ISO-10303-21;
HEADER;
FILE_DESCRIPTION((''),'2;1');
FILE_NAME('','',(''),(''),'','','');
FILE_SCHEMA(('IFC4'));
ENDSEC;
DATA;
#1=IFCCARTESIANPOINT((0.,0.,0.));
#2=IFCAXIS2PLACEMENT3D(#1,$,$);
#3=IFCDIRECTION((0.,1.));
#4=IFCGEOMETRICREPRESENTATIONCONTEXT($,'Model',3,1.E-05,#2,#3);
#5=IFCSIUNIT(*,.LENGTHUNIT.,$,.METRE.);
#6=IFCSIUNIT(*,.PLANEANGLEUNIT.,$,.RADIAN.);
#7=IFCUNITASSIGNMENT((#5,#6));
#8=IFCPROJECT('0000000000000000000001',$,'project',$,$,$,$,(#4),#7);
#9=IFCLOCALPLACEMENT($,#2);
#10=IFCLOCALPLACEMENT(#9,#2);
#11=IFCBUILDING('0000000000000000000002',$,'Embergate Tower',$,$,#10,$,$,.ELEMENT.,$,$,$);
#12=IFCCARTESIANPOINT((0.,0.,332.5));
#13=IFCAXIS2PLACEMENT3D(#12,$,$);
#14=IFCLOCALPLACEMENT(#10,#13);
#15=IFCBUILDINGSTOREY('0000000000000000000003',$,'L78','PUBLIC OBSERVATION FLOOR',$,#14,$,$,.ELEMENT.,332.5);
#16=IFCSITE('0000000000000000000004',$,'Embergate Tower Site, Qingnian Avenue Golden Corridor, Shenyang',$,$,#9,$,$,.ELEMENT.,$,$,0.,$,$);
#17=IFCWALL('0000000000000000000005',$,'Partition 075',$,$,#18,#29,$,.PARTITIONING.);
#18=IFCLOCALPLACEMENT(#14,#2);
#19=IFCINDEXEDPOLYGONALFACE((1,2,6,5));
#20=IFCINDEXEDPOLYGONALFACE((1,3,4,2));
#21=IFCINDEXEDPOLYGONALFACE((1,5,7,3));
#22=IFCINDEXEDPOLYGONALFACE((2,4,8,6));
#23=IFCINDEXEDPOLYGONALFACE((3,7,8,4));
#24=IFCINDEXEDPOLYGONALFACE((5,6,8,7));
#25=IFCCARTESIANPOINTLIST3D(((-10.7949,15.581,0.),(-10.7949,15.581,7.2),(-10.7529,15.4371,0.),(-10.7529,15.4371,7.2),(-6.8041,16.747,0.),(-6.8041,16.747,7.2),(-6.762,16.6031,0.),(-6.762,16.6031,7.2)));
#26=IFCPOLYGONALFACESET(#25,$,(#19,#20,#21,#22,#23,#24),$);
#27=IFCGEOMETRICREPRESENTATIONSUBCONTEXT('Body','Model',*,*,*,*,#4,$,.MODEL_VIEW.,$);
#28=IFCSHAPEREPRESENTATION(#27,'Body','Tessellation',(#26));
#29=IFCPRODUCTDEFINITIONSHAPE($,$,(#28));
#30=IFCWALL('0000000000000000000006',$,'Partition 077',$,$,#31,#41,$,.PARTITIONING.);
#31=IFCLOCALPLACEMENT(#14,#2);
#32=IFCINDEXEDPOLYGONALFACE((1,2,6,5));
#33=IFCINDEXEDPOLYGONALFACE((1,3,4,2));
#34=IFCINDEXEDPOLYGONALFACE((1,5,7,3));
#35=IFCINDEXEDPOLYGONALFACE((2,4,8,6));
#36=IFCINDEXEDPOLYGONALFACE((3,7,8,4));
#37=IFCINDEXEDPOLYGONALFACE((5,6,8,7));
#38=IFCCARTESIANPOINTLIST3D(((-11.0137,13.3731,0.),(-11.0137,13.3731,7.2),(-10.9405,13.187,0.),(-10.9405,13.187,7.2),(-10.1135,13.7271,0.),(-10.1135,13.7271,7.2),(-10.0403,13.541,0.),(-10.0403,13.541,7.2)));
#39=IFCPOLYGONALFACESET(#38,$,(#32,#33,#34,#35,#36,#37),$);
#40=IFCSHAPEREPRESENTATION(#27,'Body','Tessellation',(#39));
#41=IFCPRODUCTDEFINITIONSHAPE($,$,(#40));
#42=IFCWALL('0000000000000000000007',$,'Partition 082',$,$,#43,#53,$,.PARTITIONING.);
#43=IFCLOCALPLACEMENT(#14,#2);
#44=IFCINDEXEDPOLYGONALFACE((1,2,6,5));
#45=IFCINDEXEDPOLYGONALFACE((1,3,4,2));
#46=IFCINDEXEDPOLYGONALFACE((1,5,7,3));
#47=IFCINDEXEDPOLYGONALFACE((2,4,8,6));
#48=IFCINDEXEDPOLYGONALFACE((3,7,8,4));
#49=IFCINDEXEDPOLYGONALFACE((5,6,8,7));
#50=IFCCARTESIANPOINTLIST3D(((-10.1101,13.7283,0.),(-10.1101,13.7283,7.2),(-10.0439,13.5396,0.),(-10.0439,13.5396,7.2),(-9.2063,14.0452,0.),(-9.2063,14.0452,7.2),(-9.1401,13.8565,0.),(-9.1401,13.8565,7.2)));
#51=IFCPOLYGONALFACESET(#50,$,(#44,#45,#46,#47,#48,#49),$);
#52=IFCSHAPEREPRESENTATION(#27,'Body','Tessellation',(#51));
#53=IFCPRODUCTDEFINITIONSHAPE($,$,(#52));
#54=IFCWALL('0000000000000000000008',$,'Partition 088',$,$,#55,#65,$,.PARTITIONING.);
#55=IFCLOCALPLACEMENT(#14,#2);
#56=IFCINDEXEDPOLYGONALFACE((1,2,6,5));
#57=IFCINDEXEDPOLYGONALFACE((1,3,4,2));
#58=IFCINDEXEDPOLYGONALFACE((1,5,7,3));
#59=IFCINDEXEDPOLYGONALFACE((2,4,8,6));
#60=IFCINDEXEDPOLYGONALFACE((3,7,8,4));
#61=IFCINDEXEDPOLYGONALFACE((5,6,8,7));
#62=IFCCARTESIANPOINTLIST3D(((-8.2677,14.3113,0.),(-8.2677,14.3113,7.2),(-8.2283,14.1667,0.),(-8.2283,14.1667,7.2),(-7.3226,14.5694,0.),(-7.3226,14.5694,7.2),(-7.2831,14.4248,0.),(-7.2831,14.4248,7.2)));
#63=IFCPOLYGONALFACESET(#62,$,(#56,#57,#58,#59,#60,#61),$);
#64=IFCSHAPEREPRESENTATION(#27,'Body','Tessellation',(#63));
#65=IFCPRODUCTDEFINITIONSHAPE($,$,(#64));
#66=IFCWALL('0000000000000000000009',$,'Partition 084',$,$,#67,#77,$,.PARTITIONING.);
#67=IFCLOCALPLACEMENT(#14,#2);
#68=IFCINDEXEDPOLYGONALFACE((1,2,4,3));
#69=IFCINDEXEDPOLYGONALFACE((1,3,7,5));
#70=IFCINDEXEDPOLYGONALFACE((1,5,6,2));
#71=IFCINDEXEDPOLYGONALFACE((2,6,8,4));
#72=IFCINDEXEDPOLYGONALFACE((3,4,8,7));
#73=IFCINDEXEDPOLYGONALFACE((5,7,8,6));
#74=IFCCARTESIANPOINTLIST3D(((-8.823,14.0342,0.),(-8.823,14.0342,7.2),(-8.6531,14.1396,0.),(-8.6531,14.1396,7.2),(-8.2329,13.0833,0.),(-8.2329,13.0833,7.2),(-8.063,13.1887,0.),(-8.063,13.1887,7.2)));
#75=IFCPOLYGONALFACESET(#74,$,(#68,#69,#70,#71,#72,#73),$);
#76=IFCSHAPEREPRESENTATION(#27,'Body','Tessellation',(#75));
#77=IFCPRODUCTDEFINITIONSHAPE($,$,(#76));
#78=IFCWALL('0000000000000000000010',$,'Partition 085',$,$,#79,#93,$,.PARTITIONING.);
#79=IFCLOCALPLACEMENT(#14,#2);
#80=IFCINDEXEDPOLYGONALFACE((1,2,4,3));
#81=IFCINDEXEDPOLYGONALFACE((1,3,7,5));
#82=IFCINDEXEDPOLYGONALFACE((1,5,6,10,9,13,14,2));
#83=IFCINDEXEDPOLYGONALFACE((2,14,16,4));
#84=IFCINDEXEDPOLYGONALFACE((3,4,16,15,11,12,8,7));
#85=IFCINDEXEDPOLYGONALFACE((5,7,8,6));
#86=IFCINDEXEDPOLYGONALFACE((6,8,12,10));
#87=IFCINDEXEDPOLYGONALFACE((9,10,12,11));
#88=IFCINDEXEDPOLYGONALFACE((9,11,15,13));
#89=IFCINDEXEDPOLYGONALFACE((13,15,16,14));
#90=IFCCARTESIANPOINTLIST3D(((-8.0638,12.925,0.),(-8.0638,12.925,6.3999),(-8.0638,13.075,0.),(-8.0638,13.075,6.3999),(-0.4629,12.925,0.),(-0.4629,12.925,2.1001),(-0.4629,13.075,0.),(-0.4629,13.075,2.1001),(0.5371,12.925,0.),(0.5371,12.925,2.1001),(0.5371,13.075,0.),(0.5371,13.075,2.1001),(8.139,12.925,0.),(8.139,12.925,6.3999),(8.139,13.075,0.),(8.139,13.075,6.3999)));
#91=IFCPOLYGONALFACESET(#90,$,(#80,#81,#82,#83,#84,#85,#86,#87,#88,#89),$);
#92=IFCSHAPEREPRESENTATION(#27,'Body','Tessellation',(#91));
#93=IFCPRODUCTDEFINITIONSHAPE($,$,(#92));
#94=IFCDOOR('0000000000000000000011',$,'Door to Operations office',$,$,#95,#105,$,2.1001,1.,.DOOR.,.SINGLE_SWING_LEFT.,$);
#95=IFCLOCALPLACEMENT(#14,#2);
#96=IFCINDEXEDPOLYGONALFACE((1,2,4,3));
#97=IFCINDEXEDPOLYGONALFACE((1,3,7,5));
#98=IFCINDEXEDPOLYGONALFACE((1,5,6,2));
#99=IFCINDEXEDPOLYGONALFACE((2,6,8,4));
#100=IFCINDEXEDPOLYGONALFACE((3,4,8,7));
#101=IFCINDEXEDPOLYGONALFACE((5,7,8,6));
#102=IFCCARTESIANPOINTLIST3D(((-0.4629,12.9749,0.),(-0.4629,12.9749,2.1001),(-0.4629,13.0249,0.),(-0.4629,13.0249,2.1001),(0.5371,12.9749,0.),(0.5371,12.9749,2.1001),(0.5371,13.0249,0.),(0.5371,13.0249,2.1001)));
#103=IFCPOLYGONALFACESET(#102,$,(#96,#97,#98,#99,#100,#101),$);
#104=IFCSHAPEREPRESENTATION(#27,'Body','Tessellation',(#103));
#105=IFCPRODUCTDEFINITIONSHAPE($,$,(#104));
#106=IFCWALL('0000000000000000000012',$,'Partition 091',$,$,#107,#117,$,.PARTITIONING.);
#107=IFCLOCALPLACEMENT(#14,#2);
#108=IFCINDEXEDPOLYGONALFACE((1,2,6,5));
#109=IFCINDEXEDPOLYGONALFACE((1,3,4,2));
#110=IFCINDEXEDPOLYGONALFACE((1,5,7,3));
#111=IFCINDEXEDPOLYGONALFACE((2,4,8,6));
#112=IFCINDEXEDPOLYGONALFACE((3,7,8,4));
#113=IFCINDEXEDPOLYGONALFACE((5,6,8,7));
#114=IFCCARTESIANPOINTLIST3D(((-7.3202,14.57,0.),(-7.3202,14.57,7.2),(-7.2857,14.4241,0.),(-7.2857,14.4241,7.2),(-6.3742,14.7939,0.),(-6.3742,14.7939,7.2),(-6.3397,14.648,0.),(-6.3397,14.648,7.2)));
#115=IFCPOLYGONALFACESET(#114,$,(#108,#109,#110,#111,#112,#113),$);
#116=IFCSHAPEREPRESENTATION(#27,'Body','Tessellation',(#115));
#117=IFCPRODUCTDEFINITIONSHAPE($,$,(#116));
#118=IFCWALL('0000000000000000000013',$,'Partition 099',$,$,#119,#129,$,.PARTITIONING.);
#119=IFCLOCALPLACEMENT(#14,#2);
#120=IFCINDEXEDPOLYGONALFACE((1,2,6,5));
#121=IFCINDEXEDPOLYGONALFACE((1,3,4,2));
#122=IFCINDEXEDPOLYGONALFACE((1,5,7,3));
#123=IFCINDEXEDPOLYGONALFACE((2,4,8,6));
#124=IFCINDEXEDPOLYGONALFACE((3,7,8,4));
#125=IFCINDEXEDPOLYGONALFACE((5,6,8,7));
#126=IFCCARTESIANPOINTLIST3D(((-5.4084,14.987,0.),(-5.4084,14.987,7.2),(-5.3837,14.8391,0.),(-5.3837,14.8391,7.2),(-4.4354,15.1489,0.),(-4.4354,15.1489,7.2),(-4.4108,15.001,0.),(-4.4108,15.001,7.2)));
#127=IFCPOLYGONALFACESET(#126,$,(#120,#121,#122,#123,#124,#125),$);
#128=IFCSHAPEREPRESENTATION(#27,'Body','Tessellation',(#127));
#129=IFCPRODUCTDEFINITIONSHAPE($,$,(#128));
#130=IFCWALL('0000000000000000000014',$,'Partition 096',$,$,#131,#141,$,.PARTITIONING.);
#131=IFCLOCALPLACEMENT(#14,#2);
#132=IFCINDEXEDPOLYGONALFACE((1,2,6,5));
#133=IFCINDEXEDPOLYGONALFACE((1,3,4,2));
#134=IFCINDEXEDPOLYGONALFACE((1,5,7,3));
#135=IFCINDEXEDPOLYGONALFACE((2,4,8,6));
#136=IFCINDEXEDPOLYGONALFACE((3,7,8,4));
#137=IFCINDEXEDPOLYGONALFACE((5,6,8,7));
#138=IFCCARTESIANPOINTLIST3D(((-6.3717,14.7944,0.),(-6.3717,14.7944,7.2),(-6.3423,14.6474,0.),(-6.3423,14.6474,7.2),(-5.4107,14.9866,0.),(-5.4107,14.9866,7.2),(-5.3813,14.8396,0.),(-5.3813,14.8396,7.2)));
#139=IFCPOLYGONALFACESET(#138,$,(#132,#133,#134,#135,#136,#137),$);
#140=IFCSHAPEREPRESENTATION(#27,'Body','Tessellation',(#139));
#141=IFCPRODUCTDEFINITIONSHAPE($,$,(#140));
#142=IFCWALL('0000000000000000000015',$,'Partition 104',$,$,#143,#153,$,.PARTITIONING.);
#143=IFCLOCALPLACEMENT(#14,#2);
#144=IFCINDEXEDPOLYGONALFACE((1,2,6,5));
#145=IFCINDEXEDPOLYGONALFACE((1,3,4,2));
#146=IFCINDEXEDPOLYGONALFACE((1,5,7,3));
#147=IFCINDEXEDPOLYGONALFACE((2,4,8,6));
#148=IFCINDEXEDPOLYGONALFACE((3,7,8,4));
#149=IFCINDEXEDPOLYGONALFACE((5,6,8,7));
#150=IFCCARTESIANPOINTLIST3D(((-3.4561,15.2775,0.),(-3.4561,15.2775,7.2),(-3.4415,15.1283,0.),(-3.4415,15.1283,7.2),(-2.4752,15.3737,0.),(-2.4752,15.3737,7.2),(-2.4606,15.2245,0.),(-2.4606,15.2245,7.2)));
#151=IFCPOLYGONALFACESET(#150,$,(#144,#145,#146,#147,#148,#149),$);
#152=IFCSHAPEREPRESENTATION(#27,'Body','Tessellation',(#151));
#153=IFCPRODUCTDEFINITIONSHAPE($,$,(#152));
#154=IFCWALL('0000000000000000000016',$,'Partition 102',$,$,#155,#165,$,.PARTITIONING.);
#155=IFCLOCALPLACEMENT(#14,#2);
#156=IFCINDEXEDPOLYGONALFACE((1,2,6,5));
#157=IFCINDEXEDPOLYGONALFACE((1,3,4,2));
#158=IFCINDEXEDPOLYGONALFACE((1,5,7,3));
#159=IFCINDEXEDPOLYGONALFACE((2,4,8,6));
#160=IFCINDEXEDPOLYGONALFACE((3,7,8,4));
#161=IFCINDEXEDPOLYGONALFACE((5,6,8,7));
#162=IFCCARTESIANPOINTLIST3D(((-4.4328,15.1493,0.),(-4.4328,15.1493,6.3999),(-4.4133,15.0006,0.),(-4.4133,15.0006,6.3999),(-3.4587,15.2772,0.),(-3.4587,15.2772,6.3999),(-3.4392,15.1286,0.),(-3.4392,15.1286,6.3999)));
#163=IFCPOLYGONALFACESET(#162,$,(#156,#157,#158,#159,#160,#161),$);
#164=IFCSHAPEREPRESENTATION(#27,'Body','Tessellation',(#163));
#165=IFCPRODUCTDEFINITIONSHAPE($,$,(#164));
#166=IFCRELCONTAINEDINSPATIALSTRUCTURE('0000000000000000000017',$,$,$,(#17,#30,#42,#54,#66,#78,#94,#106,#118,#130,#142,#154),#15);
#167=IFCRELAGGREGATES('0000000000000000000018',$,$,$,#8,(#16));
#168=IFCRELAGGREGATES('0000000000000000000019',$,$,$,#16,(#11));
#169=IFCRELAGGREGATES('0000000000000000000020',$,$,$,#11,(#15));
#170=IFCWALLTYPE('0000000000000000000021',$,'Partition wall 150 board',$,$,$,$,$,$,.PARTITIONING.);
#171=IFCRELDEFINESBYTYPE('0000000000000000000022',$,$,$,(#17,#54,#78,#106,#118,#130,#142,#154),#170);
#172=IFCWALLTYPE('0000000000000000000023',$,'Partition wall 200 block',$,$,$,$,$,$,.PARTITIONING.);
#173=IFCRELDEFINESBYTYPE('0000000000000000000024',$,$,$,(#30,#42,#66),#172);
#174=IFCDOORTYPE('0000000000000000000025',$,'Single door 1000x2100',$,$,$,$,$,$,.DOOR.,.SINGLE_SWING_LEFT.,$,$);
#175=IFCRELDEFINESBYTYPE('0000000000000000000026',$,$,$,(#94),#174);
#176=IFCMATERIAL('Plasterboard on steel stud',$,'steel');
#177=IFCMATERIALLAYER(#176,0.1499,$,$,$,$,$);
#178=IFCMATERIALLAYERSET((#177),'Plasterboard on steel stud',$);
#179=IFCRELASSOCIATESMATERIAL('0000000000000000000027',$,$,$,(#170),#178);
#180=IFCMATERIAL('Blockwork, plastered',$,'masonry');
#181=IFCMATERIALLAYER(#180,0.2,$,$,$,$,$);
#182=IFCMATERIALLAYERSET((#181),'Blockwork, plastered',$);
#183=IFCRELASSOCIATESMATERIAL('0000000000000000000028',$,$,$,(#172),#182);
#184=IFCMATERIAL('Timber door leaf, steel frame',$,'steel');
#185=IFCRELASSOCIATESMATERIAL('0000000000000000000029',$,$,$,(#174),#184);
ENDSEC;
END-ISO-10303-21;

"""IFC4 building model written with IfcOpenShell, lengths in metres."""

from ifc_helpers import new_model, si_unit, direction, frame, frame_2d, origin, place, context, subcontext, project, spatial, rectangle, extrude, source, transform, mapped, material, layer, layer_set, type_object, element, fill, save


model = new_model("IFC4")

# Units and contexts
model_context = context("Model", 3, precision=1e-05, world=origin(), true_north=direction((0.0, 1.0)))
body_context = subcontext(model_context, "Body", "Model", "MODEL_VIEW")
ifc_project = project(units=[si_unit("LENGTHUNIT", "METRE"), si_unit("PLANEANGLEUNIT", "RADIAN")], contexts=[model_context])

# Site, building, storey
site_placement = place(None, origin())
site = spatial("IfcSite", under=ifc_project, at=site_placement, Name="Embergate Tower Site, Qingnian Avenue Golden Corridor, Shenyang", CompositionType="ELEMENT", RefElevation=0.0)
building_placement = place(site_placement, origin())
building = spatial("IfcBuilding", under=site, at=building_placement, Name="Embergate Tower", CompositionType="ELEMENT")
storey_placement = place(building_placement, frame((0.0, 0.0, 332.5)))
storey = spatial("IfcBuildingStorey", under=building, at=storey_placement, Name="L78", Description="PUBLIC OBSERVATION FLOOR", CompositionType="ELEMENT", Elevation=332.5)

# Shared definitions
ifc_material_1 = material(Name="Plasterboard on steel stud", Category="steel")
ifc_layer_1 = layer(ifc_material_1, 0.1499)
ifc_layer_set_1 = layer_set([ifc_layer_1], Name="Plasterboard on steel stud")
wall_type_1 = type_object("IfcWallType", Name="Partition wall 150 board", PredefinedType="PARTITIONING", material=ifc_layer_set_1)

# Shared definitions
ifc_material_2 = material(Name="Blockwork, plastered", Category="masonry")
ifc_layer_2 = layer(ifc_material_2, 0.2)
ifc_layer_set_2 = layer_set([ifc_layer_2], Name="Blockwork, plastered")
wall_type_2 = type_object("IfcWallType", Name="Partition wall 200 block", PredefinedType="PARTITIONING", material=ifc_layer_set_2)
ifc_material_3 = material(Name="Timber door leaf, steel frame", Category="steel")
door_type_1 = type_object("IfcDoorType", Name="Single door 1000x2100", OperationType="SINGLE_SWING_LEFT", PredefinedType="DOOR", material=ifc_material_3)
shared_shape_1 = source(origin(), body_context, "Body", "SweptSolid", [
    extrude(rectangle(XDim=1.0, YDim=2.1001, at=frame_2d((0.5, 1.05))), frame((0.0, 0.0249, 0.0), z_axis=(0.0, -1.0, 0.0), x_axis=(1.0, 0.0, 0.0)), (0.0, 0.0, 1.0), 0.05),
])

# Walls
shared_shape_2 = source(origin(), body_context, "Body", "SweptSolid", [
    extrude(rectangle(XDim=4.1577, YDim=0.1499, at=frame_2d((2.0789, 0.0))), origin(), (0.0, 0.0, 1.0), 7.2),
])
wall_1_placement = place(storey_placement, frame((-10.7739, 15.509, 0.0), z_axis=(0.0, 0.0, 1.0), x_axis=(0.959872, 0.28044, 0.0)))
element("IfcWall", 1, at=wall_1_placement, inside=storey, type_object=wall_type_1, Name="Partition 075", PredefinedType="PARTITIONING", context=body_context, shape_type="MappedRepresentation", body=[
    mapped(shared_shape_2, transform((0.0, 0.0, 0.0))),
])
shared_shape_3 = source(origin(), body_context, "Body", "SweptSolid", [
    extrude(rectangle(XDim=0.9673, YDim=0.2, at=frame_2d((0.4836, 0.0))), origin(), (0.0, 0.0, 1.0), 7.2),
])
wall_2_placement = place(storey_placement, frame((-10.0769, 13.634, 0.0), z_axis=(0.0, 0.0, 1.0), x_axis=(-0.93062, -0.365988, 0.0)))
element("IfcWall", 2, at=wall_2_placement, inside=storey, type_object=wall_type_2, Name="Partition 077", PredefinedType="PARTITIONING", context=body_context, shape_type="MappedRepresentation", body=[
    mapped(shared_shape_3, transform((0.0, 0.0, 0.0))),
])
shared_shape_4 = source(origin(), body_context, "Body", "SweptSolid", [
    extrude(rectangle(XDim=0.9578, YDim=0.2, at=frame_2d((0.479, 0.0))), origin(), (0.0, 0.0, 1.0), 7.2),
])
wall_3_placement = place(storey_placement, frame((-9.1731, 13.9509, 0.0), z_axis=(0.0, 0.0, 1.0), x_axis=(-0.943675, -0.330873, 0.0)))
element("IfcWall", 3, at=wall_3_placement, inside=storey, type_object=wall_type_2, Name="Partition 082", PredefinedType="PARTITIONING", context=body_context, shape_type="MappedRepresentation", body=[
    mapped(shared_shape_4, transform((0.0, 0.0, 0.0))),
])
shared_shape_5 = source(origin(), body_context, "Body", "SweptSolid", [
    extrude(rectangle(XDim=0.9797, YDim=0.1499, at=frame_2d((0.4897, 0.0))), origin(), (0.0, 0.0, 1.0), 7.2),
])
wall_4_placement = place(storey_placement, frame((-7.303, 14.4971, 0.0), z_axis=(0.0, 0.0, 1.0), x_axis=(-0.964683, -0.263413, 0.0)))
element("IfcWall", 4, at=wall_4_placement, inside=storey, type_object=wall_type_1, Name="Partition 088", PredefinedType="PARTITIONING", context=body_context, shape_type="MappedRepresentation", body=[
    mapped(shared_shape_5, transform((0.0, 0.0, 0.0))),
])
shared_shape_6 = source(origin(), body_context, "Body", "SweptSolid", [
    extrude(rectangle(XDim=1.1191, YDim=0.2, at=frame_2d((0.5596, 0.0))), origin(), (0.0, 0.0, 1.0), 7.2),
])
wall_5_placement = place(storey_placement, frame((-8.1479, 13.136, 0.0), z_axis=(0.0, 0.0, 1.0), x_axis=(-0.527271, 0.849697, 0.0)))
element("IfcWall", 5, at=wall_5_placement, inside=storey, type_object=wall_type_2, Name="Partition 084", PredefinedType="PARTITIONING", context=body_context, shape_type="MappedRepresentation", body=[
    mapped(shared_shape_6, transform((0.0, 0.0, 0.0))),
])

# Wall, opening, door
shared_shape_7 = source(origin(), body_context, "Body", "SweptSolid", [
    extrude(rectangle(XDim=16.2029, YDim=0.1499, at=frame_2d((8.1016, 0.0))), origin(), (0.0, 0.0, 1.0), 6.3999),
])
wall_6_placement = place(storey_placement, frame((-8.064, 13.0, 0.0), z_axis=(0.0, 0.0, 1.0), x_axis=(1.0, 0.0, 0.0)))
wall_6 = element("IfcWall", 6, at=wall_6_placement, inside=storey, type_object=wall_type_1, Name="Partition 085", PredefinedType="PARTITIONING", context=body_context, shape_type="MappedRepresentation", body=[
    mapped(shared_shape_7, transform((0.0, 0.0, 0.0))),
])
shared_shape_8 = source(origin(), body_context, "Body", "SweptSolid", [
    extrude(rectangle(XDim=1.0, YDim=2.1001, at=frame_2d((0.5, 1.05))), frame((0.0, 0.085, 0.0), z_axis=(0.0, -1.0, 0.0), x_axis=(1.0, 0.0, 0.0)), (0.0, 0.0, 1.0), 0.1699),
])
opening_1_placement = place(wall_6_placement, frame((7.6011, 0.0, 0.0)))
opening_1 = element("IfcOpeningElement", 7, at=opening_1_placement, cuts=wall_6, PredefinedType="OPENING", context=body_context, shape_type="MappedRepresentation", body=[
    mapped(shared_shape_8, transform((0.0, 0.0, 0.0))),
])
door_1_placement = place(opening_1_placement, origin())
door_1 = element("IfcDoor", 8, at=door_1_placement, inside=storey, type_object=door_type_1, Name="Door to Operations office", OperationType="SINGLE_SWING_LEFT", OverallHeight=2.1001, OverallWidth=1.0, PredefinedType="DOOR", context=body_context, shape_type="MappedRepresentation", body=[
    mapped(shared_shape_1, transform((0.0, 0.0, 0.0))),
])
fill(opening_1, door_1)

# Walls
shared_shape_9 = source(origin(), body_context, "Body", "SweptSolid", [
    extrude(rectangle(XDim=0.9722, YDim=0.1499, at=frame_2d((0.4861, 0.0))), origin(), (0.0, 0.0, 1.0), 7.2),
])
wall_7_placement = place(storey_placement, frame((-6.3569, 14.7209, 0.0), z_axis=(0.0, 0.0, 1.0), x_axis=(-0.973123, -0.230285, 0.0)))
element("IfcWall", 9, at=wall_7_placement, inside=storey, type_object=wall_type_1, Name="Partition 091", PredefinedType="PARTITIONING", context=body_context, shape_type="MappedRepresentation", body=[
    mapped(shared_shape_9, transform((0.0, 0.0, 0.0))),
])
shared_shape_10 = source(origin(), body_context, "Body", "SweptSolid", [
    extrude(rectangle(XDim=0.9863, YDim=0.1499, at=frame_2d((0.4932, 0.0))), origin(), (0.0, 0.0, 1.0), 7.2),
])
wall_8_placement = place(storey_placement, frame((-4.4231, 15.075, 0.0), z_axis=(0.0, 0.0, 1.0), x_axis=(-0.986441, -0.164118, 0.0)))
element("IfcWall", 10, at=wall_8_placement, inside=storey, type_object=wall_type_1, Name="Partition 099", PredefinedType="PARTITIONING", context=body_context, shape_type="MappedRepresentation", body=[
    mapped(shared_shape_10, transform((0.0, 0.0, 0.0))),
])
shared_shape_11 = source(origin(), body_context, "Body", "SweptSolid", [
    extrude(rectangle(XDim=0.98, YDim=0.1499, at=frame_2d((0.49, 0.0))), origin(), (0.0, 0.0, 1.0), 7.2),
])
wall_9_placement = place(storey_placement, frame((-5.396, 14.9131, 0.0), z_axis=(0.0, 0.0, 1.0), x_axis=(-0.98059, -0.196068, 0.0)))
element("IfcWall", 11, at=wall_9_placement, inside=storey, type_object=wall_type_1, Name="Partition 096", PredefinedType="PARTITIONING", context=body_context, shape_type="MappedRepresentation", body=[
    mapped(shared_shape_11, transform((0.0, 0.0, 0.0))),
])
shared_shape_12 = source(origin(), body_context, "Body", "SweptSolid", [
    extrude(rectangle(XDim=0.9856, YDim=0.1499, at=frame_2d((0.4927, 0.0))), origin(), (0.0, 0.0, 1.0), 7.2),
])
wall_10_placement = place(storey_placement, frame((-2.468, 15.2991, 0.0), z_axis=(0.0, 0.0, 1.0), x_axis=(-0.995227, -0.097591, 0.0)))
element("IfcWall", 12, at=wall_10_placement, inside=storey, type_object=wall_type_1, Name="Partition 104", PredefinedType="PARTITIONING", context=body_context, shape_type="MappedRepresentation", body=[
    mapped(shared_shape_12, transform((0.0, 0.0, 0.0))),
])
shared_shape_13 = source(origin(), body_context, "Body", "SweptSolid", [
    extrude(rectangle(XDim=0.9824, YDim=0.1499, at=frame_2d((0.4912, 0.0))), origin(), (0.0, 0.0, 1.0), 6.3999),
])
wall_11_placement = place(storey_placement, frame((-3.449, 15.2029, 0.0), z_axis=(0.0, 0.0, 1.0), x_axis=(-0.991486, -0.13021, 0.0)))
element("IfcWall", 13, at=wall_11_placement, inside=storey, type_object=wall_type_1, Name="Partition 102", PredefinedType="PARTITIONING", context=body_context, shape_type="MappedRepresentation", body=[
    mapped(shared_shape_13, transform((0.0, 0.0, 0.0))),
])

save(model, "model.ifc")
